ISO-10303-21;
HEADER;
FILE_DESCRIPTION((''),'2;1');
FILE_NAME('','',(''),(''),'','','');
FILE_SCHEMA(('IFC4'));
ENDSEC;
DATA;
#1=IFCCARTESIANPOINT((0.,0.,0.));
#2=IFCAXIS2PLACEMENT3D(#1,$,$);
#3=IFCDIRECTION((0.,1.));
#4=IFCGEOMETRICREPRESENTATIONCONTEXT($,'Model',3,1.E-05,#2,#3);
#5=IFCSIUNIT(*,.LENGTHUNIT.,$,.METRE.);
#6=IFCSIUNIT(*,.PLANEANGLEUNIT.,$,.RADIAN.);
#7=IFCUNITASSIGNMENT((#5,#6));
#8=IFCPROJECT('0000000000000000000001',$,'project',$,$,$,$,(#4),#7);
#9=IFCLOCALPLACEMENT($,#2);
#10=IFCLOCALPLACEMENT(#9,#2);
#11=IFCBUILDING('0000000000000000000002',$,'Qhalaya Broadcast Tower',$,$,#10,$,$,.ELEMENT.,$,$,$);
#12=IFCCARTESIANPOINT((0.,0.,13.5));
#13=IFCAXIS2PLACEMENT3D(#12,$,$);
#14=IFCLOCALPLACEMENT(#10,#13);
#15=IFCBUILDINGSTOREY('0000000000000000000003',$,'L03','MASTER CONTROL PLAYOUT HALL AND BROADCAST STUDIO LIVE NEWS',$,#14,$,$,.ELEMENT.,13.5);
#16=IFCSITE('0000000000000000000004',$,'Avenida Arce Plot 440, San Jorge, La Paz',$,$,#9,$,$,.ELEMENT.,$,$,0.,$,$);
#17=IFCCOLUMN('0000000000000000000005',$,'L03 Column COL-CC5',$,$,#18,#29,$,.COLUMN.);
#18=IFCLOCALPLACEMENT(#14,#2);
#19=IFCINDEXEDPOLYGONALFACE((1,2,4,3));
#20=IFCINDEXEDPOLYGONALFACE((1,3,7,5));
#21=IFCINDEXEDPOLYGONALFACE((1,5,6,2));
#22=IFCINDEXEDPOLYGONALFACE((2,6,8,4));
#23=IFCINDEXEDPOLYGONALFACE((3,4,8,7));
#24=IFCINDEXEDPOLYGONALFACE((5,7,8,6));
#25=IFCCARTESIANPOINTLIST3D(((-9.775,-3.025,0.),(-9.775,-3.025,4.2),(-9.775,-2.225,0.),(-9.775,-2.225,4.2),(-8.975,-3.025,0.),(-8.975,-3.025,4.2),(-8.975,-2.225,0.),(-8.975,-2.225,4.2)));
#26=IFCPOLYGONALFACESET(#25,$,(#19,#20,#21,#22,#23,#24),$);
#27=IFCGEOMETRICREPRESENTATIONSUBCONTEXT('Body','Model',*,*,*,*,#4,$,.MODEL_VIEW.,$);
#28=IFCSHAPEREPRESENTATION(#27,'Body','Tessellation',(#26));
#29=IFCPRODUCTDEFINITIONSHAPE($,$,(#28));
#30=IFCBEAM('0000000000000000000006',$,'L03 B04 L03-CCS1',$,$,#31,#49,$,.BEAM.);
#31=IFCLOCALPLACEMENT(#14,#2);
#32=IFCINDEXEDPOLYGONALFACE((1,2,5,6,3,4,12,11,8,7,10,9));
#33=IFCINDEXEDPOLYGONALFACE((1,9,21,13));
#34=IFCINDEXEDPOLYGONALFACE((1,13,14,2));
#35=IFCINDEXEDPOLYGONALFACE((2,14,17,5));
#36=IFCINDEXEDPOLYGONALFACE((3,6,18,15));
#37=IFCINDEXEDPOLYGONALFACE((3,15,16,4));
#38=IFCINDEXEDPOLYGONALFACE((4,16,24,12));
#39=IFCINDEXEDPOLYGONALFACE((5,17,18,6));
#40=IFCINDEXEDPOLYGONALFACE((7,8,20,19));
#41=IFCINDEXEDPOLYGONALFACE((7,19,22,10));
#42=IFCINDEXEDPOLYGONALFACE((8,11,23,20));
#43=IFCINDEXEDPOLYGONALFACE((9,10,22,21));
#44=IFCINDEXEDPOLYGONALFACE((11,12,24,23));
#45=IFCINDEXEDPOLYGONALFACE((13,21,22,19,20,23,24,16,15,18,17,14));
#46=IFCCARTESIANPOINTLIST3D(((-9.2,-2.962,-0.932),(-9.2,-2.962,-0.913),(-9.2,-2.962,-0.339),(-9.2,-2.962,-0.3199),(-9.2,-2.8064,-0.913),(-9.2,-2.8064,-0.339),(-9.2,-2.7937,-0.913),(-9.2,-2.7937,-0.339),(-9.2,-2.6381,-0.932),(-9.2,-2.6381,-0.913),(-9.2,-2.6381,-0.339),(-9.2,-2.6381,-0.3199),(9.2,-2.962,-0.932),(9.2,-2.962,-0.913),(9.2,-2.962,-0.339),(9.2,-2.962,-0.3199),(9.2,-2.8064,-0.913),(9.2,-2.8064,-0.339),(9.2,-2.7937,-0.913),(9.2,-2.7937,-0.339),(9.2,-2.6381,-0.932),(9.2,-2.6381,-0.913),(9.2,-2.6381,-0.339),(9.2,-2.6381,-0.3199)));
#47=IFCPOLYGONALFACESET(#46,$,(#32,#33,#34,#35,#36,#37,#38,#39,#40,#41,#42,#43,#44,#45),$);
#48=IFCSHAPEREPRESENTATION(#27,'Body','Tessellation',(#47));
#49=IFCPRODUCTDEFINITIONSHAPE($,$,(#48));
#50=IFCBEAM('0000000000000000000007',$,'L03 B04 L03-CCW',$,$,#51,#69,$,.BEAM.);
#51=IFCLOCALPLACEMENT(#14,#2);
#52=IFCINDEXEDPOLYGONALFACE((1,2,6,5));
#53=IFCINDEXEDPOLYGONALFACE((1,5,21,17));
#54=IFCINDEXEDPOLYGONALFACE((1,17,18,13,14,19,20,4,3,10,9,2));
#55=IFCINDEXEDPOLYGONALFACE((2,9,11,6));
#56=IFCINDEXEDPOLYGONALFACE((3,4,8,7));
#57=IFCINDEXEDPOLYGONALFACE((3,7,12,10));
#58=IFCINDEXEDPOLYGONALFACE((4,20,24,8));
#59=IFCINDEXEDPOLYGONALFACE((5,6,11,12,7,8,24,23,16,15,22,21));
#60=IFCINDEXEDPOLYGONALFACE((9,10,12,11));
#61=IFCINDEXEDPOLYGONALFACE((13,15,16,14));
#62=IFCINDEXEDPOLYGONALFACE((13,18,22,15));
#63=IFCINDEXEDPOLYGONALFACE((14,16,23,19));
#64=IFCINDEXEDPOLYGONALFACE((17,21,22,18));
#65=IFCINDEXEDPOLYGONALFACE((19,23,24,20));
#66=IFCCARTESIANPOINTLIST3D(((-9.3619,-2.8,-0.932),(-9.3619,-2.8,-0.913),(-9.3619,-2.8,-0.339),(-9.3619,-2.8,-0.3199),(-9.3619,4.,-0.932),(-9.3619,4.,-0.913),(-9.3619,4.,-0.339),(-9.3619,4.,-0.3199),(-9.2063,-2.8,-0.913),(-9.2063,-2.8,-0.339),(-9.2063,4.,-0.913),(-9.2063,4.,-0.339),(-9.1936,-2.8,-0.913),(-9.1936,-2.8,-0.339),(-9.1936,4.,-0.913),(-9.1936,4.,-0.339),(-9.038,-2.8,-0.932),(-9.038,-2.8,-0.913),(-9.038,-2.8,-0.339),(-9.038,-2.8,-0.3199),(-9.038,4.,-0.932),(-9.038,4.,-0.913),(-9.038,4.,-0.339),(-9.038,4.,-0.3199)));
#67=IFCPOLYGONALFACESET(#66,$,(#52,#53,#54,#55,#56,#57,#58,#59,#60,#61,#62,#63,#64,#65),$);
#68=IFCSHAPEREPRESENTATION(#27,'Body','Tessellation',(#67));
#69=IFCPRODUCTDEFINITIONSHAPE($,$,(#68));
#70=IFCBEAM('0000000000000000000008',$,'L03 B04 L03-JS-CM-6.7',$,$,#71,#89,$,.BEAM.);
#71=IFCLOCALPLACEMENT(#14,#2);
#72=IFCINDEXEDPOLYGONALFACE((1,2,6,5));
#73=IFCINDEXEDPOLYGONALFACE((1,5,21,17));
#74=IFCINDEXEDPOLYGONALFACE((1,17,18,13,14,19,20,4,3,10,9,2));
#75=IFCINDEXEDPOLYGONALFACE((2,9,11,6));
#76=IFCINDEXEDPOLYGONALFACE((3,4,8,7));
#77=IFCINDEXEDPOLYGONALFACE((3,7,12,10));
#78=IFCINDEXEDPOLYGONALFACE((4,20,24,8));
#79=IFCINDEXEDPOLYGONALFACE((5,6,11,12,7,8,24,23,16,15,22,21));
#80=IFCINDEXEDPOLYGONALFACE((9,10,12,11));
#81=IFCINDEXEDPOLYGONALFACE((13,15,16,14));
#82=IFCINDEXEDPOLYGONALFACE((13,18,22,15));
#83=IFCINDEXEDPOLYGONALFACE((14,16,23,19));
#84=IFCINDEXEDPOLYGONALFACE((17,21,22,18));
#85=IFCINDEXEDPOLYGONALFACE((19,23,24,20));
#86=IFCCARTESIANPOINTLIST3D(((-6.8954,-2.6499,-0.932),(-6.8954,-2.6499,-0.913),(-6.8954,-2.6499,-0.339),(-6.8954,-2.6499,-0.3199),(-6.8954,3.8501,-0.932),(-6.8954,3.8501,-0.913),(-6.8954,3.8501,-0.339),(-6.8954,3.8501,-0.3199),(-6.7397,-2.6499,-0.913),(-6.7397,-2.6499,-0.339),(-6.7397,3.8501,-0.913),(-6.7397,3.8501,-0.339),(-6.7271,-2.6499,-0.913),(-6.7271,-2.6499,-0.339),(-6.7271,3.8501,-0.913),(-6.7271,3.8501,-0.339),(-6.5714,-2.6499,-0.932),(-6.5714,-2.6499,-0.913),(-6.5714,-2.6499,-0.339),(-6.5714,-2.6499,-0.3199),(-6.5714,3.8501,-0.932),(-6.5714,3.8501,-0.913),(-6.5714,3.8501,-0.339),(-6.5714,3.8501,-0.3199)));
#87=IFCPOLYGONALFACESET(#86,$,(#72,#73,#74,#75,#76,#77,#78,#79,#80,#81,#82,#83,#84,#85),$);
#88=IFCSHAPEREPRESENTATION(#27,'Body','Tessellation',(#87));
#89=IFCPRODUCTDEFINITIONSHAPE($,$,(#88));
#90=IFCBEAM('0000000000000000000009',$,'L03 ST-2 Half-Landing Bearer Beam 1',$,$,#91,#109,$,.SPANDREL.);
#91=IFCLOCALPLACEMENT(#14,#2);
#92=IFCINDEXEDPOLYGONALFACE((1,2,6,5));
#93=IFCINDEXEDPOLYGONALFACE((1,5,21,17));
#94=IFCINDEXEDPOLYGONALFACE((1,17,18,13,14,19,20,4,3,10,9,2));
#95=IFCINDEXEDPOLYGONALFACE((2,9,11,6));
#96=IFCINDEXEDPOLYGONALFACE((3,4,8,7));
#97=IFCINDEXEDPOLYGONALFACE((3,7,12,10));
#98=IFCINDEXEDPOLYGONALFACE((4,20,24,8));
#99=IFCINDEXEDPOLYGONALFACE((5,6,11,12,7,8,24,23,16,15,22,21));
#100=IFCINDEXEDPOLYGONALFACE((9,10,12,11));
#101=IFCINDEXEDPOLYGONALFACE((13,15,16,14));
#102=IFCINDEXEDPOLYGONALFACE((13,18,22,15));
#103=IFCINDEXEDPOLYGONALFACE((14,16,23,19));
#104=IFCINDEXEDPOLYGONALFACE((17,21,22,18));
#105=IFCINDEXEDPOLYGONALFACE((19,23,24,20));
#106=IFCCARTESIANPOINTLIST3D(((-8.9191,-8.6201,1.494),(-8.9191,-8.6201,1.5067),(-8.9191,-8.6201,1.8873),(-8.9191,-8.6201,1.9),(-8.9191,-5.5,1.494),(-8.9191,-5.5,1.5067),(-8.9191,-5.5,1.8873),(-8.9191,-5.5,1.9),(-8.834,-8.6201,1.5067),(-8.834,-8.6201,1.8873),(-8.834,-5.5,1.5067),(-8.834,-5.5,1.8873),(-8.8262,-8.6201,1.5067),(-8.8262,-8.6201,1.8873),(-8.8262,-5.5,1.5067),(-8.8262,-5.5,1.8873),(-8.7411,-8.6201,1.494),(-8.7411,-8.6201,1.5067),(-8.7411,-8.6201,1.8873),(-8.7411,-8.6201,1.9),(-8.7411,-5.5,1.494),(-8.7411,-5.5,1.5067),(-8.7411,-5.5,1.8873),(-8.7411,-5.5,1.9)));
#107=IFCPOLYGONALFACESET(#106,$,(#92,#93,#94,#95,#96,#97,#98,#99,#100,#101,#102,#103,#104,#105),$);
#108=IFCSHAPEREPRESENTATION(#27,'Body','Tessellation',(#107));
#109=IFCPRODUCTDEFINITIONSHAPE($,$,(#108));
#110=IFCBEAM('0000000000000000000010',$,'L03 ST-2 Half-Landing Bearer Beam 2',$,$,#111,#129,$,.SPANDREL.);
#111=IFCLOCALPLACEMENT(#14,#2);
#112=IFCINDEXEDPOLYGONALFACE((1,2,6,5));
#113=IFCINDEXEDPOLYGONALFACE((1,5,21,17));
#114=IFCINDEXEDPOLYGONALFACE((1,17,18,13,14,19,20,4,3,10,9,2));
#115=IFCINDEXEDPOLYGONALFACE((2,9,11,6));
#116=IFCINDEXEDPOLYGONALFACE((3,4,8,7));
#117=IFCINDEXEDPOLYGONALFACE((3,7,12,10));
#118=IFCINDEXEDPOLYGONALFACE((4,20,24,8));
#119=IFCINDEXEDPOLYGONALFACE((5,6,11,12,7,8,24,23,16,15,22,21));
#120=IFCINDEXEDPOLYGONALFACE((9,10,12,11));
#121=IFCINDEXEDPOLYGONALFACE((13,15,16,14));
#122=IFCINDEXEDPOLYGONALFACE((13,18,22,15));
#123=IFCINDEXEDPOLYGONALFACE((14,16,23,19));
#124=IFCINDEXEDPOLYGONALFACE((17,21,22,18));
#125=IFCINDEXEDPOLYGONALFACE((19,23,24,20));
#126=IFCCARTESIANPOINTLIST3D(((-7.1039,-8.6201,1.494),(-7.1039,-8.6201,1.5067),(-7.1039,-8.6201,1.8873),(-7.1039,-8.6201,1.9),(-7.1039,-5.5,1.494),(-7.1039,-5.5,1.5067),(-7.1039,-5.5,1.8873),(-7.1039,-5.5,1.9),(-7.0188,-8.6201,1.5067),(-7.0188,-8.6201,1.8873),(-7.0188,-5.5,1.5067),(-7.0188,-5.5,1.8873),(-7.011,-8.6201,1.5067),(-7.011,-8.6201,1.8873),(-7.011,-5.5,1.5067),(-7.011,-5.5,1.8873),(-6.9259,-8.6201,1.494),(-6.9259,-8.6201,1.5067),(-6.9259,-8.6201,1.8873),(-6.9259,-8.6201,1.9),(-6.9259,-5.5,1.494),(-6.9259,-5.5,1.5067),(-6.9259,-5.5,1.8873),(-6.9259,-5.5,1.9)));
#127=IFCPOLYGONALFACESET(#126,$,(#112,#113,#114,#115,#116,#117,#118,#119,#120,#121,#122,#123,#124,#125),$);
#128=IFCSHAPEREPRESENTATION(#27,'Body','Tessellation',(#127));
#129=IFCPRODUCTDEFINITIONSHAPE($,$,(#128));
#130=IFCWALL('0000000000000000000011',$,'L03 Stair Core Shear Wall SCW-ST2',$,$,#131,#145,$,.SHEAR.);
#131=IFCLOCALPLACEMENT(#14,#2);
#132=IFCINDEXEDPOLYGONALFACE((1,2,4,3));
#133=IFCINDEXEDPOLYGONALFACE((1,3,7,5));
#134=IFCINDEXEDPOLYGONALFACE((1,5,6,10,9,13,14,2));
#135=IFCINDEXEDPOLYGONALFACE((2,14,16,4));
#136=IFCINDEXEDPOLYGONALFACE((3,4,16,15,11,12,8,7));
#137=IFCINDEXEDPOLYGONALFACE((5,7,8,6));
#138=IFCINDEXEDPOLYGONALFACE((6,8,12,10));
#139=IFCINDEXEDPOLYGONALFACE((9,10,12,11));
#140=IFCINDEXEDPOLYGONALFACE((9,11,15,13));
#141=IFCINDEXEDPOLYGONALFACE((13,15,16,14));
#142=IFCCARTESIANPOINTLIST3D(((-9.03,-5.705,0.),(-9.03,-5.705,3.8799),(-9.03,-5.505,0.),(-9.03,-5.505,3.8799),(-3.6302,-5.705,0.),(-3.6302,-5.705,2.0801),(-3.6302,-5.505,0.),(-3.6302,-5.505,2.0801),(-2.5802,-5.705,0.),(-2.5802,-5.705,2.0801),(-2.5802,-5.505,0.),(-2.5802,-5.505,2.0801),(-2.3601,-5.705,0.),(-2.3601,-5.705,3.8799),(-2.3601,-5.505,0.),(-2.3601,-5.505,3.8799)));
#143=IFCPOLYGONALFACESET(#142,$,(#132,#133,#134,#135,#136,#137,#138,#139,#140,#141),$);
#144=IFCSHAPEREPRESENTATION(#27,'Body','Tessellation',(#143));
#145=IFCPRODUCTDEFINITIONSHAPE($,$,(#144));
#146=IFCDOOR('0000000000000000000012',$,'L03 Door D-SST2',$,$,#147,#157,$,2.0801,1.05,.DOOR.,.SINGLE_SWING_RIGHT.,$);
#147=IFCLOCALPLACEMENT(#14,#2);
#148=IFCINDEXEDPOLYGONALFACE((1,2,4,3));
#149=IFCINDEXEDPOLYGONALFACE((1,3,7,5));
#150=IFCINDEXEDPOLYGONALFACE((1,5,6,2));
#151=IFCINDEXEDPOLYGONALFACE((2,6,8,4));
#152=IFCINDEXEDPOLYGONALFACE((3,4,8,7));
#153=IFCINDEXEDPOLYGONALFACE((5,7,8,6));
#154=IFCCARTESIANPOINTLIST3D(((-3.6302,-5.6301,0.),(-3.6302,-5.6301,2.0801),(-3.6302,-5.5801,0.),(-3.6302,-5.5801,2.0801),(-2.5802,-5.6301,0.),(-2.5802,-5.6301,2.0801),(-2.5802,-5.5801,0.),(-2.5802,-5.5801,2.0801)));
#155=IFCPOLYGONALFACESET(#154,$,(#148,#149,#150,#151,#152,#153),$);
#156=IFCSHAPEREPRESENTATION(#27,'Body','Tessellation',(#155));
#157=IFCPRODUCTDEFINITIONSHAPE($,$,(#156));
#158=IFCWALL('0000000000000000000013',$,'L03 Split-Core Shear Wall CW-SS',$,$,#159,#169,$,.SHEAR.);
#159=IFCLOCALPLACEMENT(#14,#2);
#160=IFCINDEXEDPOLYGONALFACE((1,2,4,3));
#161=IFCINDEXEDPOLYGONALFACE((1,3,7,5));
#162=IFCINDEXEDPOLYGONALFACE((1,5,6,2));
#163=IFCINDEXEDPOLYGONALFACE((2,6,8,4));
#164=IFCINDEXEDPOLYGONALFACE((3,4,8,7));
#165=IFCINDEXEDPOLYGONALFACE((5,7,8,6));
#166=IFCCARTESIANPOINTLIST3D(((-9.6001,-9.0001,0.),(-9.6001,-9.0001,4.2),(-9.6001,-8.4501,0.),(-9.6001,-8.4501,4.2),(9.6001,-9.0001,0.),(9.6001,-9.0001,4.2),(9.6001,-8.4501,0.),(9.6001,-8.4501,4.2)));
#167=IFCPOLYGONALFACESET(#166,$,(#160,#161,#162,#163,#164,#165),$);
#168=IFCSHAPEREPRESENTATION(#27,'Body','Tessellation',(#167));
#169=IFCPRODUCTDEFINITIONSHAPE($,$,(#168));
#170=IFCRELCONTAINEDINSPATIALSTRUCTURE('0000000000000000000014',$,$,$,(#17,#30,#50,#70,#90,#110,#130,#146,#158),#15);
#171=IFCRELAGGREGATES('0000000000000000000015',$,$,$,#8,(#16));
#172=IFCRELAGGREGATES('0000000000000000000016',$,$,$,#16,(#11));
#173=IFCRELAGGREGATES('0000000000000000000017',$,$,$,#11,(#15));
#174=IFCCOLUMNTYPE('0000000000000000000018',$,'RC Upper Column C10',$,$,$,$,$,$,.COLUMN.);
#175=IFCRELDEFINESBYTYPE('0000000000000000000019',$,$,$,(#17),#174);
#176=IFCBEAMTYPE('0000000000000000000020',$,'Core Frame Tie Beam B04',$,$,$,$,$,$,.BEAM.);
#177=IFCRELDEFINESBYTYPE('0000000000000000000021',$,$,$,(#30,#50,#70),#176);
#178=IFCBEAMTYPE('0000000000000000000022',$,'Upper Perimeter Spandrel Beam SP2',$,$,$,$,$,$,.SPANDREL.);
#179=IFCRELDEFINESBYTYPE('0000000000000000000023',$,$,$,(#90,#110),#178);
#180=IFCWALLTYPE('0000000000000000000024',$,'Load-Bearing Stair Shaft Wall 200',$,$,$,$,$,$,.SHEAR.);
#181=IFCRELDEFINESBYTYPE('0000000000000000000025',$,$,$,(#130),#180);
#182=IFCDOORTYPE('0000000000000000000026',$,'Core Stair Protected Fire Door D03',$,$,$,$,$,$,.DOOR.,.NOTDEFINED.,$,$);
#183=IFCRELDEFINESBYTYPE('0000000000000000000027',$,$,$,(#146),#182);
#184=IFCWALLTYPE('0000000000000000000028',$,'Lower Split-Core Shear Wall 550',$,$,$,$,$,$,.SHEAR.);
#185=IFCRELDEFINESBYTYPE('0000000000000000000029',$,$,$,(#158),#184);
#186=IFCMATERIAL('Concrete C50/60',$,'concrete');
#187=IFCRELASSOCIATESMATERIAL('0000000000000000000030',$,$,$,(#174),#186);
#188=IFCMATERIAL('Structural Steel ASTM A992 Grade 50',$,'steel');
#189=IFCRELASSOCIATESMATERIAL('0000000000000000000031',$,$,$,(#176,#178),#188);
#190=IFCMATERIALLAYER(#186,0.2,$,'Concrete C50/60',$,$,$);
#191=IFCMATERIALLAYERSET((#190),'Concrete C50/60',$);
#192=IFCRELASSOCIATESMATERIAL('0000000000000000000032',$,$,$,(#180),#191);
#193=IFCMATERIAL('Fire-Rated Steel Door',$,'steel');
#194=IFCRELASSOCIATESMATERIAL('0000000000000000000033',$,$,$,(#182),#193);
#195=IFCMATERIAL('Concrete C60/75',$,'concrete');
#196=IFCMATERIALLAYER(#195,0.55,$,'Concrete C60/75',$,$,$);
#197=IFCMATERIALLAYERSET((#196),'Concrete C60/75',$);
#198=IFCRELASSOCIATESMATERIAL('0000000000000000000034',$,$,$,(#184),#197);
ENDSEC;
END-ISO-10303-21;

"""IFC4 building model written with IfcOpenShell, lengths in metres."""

from ifc_helpers import new_model, si_unit, direction, frame, frame_2d, origin, origin_2d, place, context, subcontext, project, spatial, rectangle, i_section, extrude, material, layer, layer_set, material_profile, profile_set, type_object, element, fill, save


model = new_model("IFC4")

# Units and contexts
model_context = context("Model", 3, precision=1e-05, world=origin(), true_north=direction((0.0, 1.0)))
body_context = subcontext(model_context, "Body", "Model", "MODEL_VIEW")
ifc_project = project(units=[si_unit("LENGTHUNIT", "METRE"), si_unit("PLANEANGLEUNIT", "RADIAN")], contexts=[model_context])

# Site, building, storey
site_placement = place(None, origin())
site = spatial("IfcSite", under=ifc_project, at=site_placement, Name="Avenida Arce Plot 440, San Jorge, La Paz", CompositionType="ELEMENT", RefElevation=0.0)
building_placement = place(site_placement, origin())
building = spatial("IfcBuilding", under=site, at=building_placement, Name="Qhalaya Broadcast Tower", CompositionType="ELEMENT")
storey_placement = place(building_placement, frame((0.0, 0.0, 13.5)))
storey = spatial("IfcBuildingStorey", under=building, at=storey_placement, Name="L03", Description="MASTER CONTROL PLAYOUT HALL AND BROADCAST STUDIO LIVE NEWS", CompositionType="ELEMENT", Elevation=13.5)

# Column
ifc_material_1 = material(Name="Concrete C50/60", Category="concrete")
ifc_material_profile_1 = material_profile(ifc_material_1, rectangle(XDim=0.8, YDim=0.8, at=origin_2d()), Name="RC-COL 800x800")
ifc_profile_set_1 = profile_set([ifc_material_profile_1], Name="Concrete C50/60")
column_type = type_object("IfcColumnType", Name="RC Upper Column C10", PredefinedType="COLUMN", material=ifc_profile_set_1)
column_placement = place(storey_placement, frame((-9.375, -2.625, 0.0), z_axis=(0.0, 0.0, 1.0), x_axis=(1.0, 0.0, 0.0)))
element("IfcColumn", 1, at=column_placement, inside=storey, type_object=column_type, Name="L03 Column COL-CC5", PredefinedType="COLUMN", context=body_context, shape_type="SweptSolid", body=[
    extrude(rectangle(XDim=0.8, YDim=0.8, at=origin_2d()), origin(), (0.0, 0.0, 1.0), 4.2),
])

# Beams
ifc_material_2 = material(Name="Structural Steel ASTM A992 Grade 50", Category="steel")
ifc_material_profile_2 = material_profile(ifc_material_2, i_section(OverallWidth=0.324, OverallDepth=0.6121, WebThickness=0.0127, FlangeThickness=0.019, at=origin_2d()), Name="W24X104")
ifc_profile_set_2 = profile_set([ifc_material_profile_2], Name="Structural Steel ASTM A992 Grade 50")
beam_type_1 = type_object("IfcBeamType", Name="Core Frame Tie Beam B04", PredefinedType="BEAM", material=ifc_profile_set_2)
beam_1_placement = place(storey_placement, frame((-9.2, -2.8, -0.626), z_axis=(1.0, 0.0, 0.0), x_axis=(0.0, 1.0, 0.0)))
element("IfcBeam", 2, at=beam_1_placement, inside=storey, type_object=beam_type_1, Name="L03 B04 L03-CCS1", PredefinedType="BEAM", context=body_context, shape_type="SweptSolid", body=[
    extrude(i_section(OverallWidth=0.324, OverallDepth=0.6121, WebThickness=0.0127, FlangeThickness=0.019, at=origin_2d()), origin(), (0.0, 0.0, 1.0), 18.3999),
])
beam_2_placement = place(storey_placement, frame((-9.2, -2.8, -0.626), z_axis=(0.0, 1.0, 0.0), x_axis=(-1.0, 0.0, 0.0)))
element("IfcBeam", 3, at=beam_2_placement, inside=storey, type_object=beam_type_1, Name="L03 B04 L03-CCW", PredefinedType="BEAM", context=body_context, shape_type="SweptSolid", body=[
    extrude(i_section(OverallWidth=0.324, OverallDepth=0.6121, WebThickness=0.0127, FlangeThickness=0.019, at=origin_2d()), origin(), (0.0, 0.0, 1.0), 6.8),
])
beam_3_placement = place(storey_placement, frame((-6.7334, -2.6499, -0.626), z_axis=(0.0, 1.0, 0.0), x_axis=(-1.0, 0.0, 0.0)))
element("IfcBeam", 4, at=beam_3_placement, inside=storey, type_object=beam_type_1, Name="L03 B04 L03-JS-CM-6.7", PredefinedType="BEAM", context=body_context, shape_type="SweptSolid", body=[
    extrude(i_section(OverallWidth=0.324, OverallDepth=0.6121, WebThickness=0.0127, FlangeThickness=0.019, at=origin_2d()), origin(), (0.0, 0.0, 1.0), 6.5),
])
ifc_material_profile_3 = material_profile(ifc_material_2, i_section(OverallWidth=0.178, OverallDepth=0.406, WebThickness=0.0078, FlangeThickness=0.0127, at=origin_2d()), Name="W16X40")
ifc_profile_set_3 = profile_set([ifc_material_profile_3], Name="Structural Steel ASTM A992 Grade 50")
beam_type_2 = type_object("IfcBeamType", Name="Upper Perimeter Spandrel Beam SP2", PredefinedType="SPANDREL", material=ifc_profile_set_3)
for number, where, z_axis, x_axis, name in (
    (5, (-8.8301, -8.6201, 1.697), (0.0, 1.0, 0.0), (-1.0, 0.0, 0.0), "L03 ST-2 Half-Landing Bearer Beam 1"),
    (6, (-7.0149, -8.6201, 1.697), (0.0, 1.0, 0.0), (-1.0, 0.0, 0.0), "L03 ST-2 Half-Landing Bearer Beam 2"),
):
    element("IfcBeam", number, at=place(storey_placement, frame(where, z_axis=z_axis, x_axis=x_axis)), inside=storey, type_object=beam_type_2, Name=name, PredefinedType="SPANDREL", context=body_context, shape_type="SweptSolid", body=[
        extrude(i_section(OverallWidth=0.178, OverallDepth=0.406, WebThickness=0.0078, FlangeThickness=0.0127, at=origin_2d()), origin(), (0.0, 0.0, 1.0), 3.1201),
    ])

# Wall, opening, door
ifc_layer_1 = layer(ifc_material_1, 0.2, Name="Concrete C50/60")
ifc_layer_set_1 = layer_set([ifc_layer_1], Name="Concrete C50/60")
wall_type_1 = type_object("IfcWallType", Name="Load-Bearing Stair Shaft Wall 200", PredefinedType="SHEAR", material=ifc_layer_set_1)
wall_1_placement = place(storey_placement, frame((-9.03, -5.605, 0.0), z_axis=(0.0, 0.0, 1.0), x_axis=(1.0, 0.0, 0.0)))
wall_1 = element("IfcWall", 7, at=wall_1_placement, inside=storey, type_object=wall_type_1, Name="L03 Stair Core Shear Wall SCW-ST2", PredefinedType="SHEAR", context=body_context, shape_type="SweptSolid", body=[
    extrude(rectangle(XDim=6.6699, YDim=0.2, at=frame_2d((3.335, 0.0))), origin(), (0.0, 0.0, 1.0), 3.8799),
])
opening_1_placement = place(wall_1_placement, frame((5.3999, 0.0, 0.0)))
opening_1 = element("IfcOpeningElement", 8, at=opening_1_placement, cuts=wall_1, PredefinedType="OPENING", context=body_context, shape_type="SweptSolid", body=[
    extrude(rectangle(XDim=1.05, YDim=2.0801, at=frame_2d((0.5249, 1.04))), frame((0.0, 0.1121, 0.0), z_axis=(0.0, -1.0, 0.0), x_axis=(1.0, 0.0, 0.0)), (0.0, 0.0, 1.0), 0.2239),
])
ifc_material_3 = material(Name="Fire-Rated Steel Door", Category="steel")
door_type_1 = type_object("IfcDoorType", Name="Core Stair Protected Fire Door D03", OperationType="NOTDEFINED", PredefinedType="DOOR", material=ifc_material_3)
door_1_placement = place(opening_1_placement, origin())
door_1 = element("IfcDoor", 9, at=door_1_placement, inside=storey, type_object=door_type_1, Name="L03 Door D-SST2", OperationType="SINGLE_SWING_RIGHT", OverallHeight=2.0801, OverallWidth=1.05, PredefinedType="DOOR", context=body_context, shape_type="SweptSolid", body=[
    extrude(rectangle(XDim=1.05, YDim=2.0801, at=frame_2d((0.5249, 1.04))), frame((0.0, 0.0249, 0.0), z_axis=(0.0, -1.0, 0.0), x_axis=(1.0, 0.0, 0.0)), (0.0, 0.0, 1.0), 0.05),
])
fill(opening_1, door_1)

# Wall
ifc_material_4 = material(Name="Concrete C60/75", Category="concrete")
ifc_layer_2 = layer(ifc_material_4, 0.55, Name="Concrete C60/75")
ifc_layer_set_2 = layer_set([ifc_layer_2], Name="Concrete C60/75")
wall_type_2 = type_object("IfcWallType", Name="Lower Split-Core Shear Wall 550", PredefinedType="SHEAR", material=ifc_layer_set_2)
wall_2_placement = place(storey_placement, frame((-9.6001, -8.7251, 0.0), z_axis=(0.0, 0.0, 1.0), x_axis=(1.0, 0.0, 0.0)))
element("IfcWall", 10, at=wall_2_placement, inside=storey, type_object=wall_type_2, Name="L03 Split-Core Shear Wall CW-SS", PredefinedType="SHEAR", context=body_context, shape_type="SweptSolid", body=[
    extrude(rectangle(XDim=19.2002, YDim=0.55, at=frame_2d((9.6001, 0.0))), origin(), (0.0, 0.0, 1.0), 4.2),
])

save(model, "model.ifc")
